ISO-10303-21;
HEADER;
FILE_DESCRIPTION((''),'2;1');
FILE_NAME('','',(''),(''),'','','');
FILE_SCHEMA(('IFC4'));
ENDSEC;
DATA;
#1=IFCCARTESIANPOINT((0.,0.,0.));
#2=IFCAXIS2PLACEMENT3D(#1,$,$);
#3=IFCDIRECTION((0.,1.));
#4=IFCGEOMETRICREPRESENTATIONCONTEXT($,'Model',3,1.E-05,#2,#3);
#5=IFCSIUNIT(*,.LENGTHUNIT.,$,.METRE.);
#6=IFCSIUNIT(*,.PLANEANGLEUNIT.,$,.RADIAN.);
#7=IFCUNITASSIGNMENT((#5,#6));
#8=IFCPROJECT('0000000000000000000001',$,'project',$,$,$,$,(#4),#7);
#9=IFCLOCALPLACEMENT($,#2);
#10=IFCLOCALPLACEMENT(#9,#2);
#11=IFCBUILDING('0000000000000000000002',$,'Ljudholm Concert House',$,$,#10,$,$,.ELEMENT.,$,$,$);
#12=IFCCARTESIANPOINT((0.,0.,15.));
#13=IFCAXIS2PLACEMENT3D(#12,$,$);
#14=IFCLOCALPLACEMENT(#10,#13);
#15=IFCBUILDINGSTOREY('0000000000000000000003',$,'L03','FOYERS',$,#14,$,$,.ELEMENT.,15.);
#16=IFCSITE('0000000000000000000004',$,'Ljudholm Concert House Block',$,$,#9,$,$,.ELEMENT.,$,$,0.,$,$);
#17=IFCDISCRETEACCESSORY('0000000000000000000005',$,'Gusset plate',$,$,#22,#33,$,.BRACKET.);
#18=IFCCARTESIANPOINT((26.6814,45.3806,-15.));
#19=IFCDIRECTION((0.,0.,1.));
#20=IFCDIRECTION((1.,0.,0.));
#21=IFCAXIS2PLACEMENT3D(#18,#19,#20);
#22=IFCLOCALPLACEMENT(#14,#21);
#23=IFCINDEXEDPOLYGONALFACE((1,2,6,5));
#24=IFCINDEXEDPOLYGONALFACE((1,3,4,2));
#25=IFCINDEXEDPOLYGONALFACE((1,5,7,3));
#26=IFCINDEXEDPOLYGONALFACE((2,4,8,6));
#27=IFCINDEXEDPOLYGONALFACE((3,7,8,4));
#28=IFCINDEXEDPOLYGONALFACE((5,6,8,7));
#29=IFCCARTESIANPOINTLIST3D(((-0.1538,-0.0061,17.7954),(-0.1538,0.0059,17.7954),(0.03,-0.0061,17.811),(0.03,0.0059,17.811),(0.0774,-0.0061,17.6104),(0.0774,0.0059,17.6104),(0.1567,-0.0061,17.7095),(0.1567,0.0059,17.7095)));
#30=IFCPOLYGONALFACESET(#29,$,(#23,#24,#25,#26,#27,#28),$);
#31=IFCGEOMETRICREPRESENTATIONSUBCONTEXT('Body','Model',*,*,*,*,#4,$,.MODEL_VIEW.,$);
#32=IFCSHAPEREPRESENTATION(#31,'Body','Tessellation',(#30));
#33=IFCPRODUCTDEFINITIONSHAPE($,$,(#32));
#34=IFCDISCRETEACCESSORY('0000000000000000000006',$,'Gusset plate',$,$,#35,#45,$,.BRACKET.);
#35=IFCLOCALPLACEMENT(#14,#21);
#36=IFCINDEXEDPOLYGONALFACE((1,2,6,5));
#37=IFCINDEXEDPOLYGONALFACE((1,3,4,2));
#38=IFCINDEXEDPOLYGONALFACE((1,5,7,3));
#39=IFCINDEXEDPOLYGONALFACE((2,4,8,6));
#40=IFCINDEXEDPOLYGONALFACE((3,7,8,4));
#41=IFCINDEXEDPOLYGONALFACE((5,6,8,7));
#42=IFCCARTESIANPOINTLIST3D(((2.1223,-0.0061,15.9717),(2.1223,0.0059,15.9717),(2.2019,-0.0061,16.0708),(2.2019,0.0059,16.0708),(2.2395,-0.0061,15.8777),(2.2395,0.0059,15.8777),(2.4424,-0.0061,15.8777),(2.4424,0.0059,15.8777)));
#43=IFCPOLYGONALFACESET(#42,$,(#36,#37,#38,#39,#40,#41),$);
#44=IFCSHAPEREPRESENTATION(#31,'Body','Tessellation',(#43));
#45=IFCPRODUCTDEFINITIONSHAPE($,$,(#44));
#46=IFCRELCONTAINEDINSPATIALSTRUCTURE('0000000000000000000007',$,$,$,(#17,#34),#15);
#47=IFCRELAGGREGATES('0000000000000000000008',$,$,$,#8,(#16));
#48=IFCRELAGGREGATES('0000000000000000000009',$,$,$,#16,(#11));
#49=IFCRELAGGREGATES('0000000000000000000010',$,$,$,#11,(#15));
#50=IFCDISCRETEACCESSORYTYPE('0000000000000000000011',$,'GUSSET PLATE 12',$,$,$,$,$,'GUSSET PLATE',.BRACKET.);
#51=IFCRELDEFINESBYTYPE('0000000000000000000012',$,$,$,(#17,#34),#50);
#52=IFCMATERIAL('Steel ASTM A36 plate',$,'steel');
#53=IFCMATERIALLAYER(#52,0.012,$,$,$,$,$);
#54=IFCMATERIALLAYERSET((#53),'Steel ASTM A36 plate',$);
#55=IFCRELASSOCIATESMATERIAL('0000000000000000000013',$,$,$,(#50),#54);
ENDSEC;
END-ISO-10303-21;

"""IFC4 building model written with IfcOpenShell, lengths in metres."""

from ifc_helpers import new_model, si_unit, direction, frame, origin, place, context, subcontext, project, spatial, polyline, outline, extrude, material, layer, layer_set, type_object, element, save


model = new_model("IFC4")

# Units and contexts
model_context = context("Model", 3, precision=1e-05, world=origin(), true_north=direction((0.0, 1.0)))
body_context = subcontext(model_context, "Body", "Model", "MODEL_VIEW")
ifc_project = project(units=[si_unit("LENGTHUNIT", "METRE"), si_unit("PLANEANGLEUNIT", "RADIAN")], contexts=[model_context])

# Site, building, storey
site_placement = place(None, origin())
site = spatial("IfcSite", under=ifc_project, at=site_placement, Name="Ljudholm Concert House Block", CompositionType="ELEMENT", RefElevation=0.0)
building_placement = place(site_placement, origin())
building = spatial("IfcBuilding", under=site, at=building_placement, Name="Ljudholm Concert House", CompositionType="ELEMENT")
storey_placement = place(building_placement, frame((0.0, 0.0, 15.0)))
storey = spatial("IfcBuildingStorey", under=building, at=storey_placement, Name="L03", Description="FOYERS", CompositionType="ELEMENT", Elevation=15.0)

# Discrete accessories
ifc_material = material(Name="Steel ASTM A36 plate", Category="steel")
ifc_layer = layer(ifc_material, 0.012)
ifc_layer_set = layer_set([ifc_layer], Name="Steel ASTM A36 plate")
discrete_accessory_type = type_object("IfcDiscreteAccessoryType", Name="GUSSET PLATE 12", ElementType="GUSSET PLATE", PredefinedType="BRACKET", material=ifc_layer_set)
discrete_accessory_1_placement = place(storey_placement, frame((26.6814, 45.3806, -15.0), z_axis=(0.0, 0.0, 1.0), x_axis=(1.0, 0.0, 0.0)))
element("IfcDiscreteAccessory", 1, at=discrete_accessory_1_placement, inside=storey, type_object=discrete_accessory_type, Name="Gusset plate", PredefinedType="BRACKET", context=body_context, shape_type="SweptSolid", body=[
    extrude(outline(polyline([(0.0774, 17.6104), (-0.1538, 17.7954), (0.03, 17.811), (0.1567, 17.7095), (0.0774, 17.6104)])), frame((0.0, 0.0059, 0.0), z_axis=(0.0, -1.0, 0.0), x_axis=(1.0, 0.0, 0.0)), (0.0, 0.0, 1.0), 0.012),
])
discrete_accessory_2_placement = place(storey_placement, frame((26.6814, 45.3806, -15.0), z_axis=(0.0, 0.0, 1.0), x_axis=(1.0, 0.0, 0.0)))
element("IfcDiscreteAccessory", 2, at=discrete_accessory_2_placement, inside=storey, type_object=discrete_accessory_type, Name="Gusset plate", PredefinedType="BRACKET", context=body_context, shape_type="SweptSolid", body=[
    extrude(outline(polyline([(2.2019, 16.0708), (2.4424, 15.8777), (2.2395, 15.8777), (2.1223, 15.9717), (2.2019, 16.0708)])), frame((0.0, 0.0059, 0.0), z_axis=(0.0, -1.0, 0.0), x_axis=(1.0, 0.0, 0.0)), (0.0, 0.0, 1.0), 0.012),
])

save(model, "model.ifc")
